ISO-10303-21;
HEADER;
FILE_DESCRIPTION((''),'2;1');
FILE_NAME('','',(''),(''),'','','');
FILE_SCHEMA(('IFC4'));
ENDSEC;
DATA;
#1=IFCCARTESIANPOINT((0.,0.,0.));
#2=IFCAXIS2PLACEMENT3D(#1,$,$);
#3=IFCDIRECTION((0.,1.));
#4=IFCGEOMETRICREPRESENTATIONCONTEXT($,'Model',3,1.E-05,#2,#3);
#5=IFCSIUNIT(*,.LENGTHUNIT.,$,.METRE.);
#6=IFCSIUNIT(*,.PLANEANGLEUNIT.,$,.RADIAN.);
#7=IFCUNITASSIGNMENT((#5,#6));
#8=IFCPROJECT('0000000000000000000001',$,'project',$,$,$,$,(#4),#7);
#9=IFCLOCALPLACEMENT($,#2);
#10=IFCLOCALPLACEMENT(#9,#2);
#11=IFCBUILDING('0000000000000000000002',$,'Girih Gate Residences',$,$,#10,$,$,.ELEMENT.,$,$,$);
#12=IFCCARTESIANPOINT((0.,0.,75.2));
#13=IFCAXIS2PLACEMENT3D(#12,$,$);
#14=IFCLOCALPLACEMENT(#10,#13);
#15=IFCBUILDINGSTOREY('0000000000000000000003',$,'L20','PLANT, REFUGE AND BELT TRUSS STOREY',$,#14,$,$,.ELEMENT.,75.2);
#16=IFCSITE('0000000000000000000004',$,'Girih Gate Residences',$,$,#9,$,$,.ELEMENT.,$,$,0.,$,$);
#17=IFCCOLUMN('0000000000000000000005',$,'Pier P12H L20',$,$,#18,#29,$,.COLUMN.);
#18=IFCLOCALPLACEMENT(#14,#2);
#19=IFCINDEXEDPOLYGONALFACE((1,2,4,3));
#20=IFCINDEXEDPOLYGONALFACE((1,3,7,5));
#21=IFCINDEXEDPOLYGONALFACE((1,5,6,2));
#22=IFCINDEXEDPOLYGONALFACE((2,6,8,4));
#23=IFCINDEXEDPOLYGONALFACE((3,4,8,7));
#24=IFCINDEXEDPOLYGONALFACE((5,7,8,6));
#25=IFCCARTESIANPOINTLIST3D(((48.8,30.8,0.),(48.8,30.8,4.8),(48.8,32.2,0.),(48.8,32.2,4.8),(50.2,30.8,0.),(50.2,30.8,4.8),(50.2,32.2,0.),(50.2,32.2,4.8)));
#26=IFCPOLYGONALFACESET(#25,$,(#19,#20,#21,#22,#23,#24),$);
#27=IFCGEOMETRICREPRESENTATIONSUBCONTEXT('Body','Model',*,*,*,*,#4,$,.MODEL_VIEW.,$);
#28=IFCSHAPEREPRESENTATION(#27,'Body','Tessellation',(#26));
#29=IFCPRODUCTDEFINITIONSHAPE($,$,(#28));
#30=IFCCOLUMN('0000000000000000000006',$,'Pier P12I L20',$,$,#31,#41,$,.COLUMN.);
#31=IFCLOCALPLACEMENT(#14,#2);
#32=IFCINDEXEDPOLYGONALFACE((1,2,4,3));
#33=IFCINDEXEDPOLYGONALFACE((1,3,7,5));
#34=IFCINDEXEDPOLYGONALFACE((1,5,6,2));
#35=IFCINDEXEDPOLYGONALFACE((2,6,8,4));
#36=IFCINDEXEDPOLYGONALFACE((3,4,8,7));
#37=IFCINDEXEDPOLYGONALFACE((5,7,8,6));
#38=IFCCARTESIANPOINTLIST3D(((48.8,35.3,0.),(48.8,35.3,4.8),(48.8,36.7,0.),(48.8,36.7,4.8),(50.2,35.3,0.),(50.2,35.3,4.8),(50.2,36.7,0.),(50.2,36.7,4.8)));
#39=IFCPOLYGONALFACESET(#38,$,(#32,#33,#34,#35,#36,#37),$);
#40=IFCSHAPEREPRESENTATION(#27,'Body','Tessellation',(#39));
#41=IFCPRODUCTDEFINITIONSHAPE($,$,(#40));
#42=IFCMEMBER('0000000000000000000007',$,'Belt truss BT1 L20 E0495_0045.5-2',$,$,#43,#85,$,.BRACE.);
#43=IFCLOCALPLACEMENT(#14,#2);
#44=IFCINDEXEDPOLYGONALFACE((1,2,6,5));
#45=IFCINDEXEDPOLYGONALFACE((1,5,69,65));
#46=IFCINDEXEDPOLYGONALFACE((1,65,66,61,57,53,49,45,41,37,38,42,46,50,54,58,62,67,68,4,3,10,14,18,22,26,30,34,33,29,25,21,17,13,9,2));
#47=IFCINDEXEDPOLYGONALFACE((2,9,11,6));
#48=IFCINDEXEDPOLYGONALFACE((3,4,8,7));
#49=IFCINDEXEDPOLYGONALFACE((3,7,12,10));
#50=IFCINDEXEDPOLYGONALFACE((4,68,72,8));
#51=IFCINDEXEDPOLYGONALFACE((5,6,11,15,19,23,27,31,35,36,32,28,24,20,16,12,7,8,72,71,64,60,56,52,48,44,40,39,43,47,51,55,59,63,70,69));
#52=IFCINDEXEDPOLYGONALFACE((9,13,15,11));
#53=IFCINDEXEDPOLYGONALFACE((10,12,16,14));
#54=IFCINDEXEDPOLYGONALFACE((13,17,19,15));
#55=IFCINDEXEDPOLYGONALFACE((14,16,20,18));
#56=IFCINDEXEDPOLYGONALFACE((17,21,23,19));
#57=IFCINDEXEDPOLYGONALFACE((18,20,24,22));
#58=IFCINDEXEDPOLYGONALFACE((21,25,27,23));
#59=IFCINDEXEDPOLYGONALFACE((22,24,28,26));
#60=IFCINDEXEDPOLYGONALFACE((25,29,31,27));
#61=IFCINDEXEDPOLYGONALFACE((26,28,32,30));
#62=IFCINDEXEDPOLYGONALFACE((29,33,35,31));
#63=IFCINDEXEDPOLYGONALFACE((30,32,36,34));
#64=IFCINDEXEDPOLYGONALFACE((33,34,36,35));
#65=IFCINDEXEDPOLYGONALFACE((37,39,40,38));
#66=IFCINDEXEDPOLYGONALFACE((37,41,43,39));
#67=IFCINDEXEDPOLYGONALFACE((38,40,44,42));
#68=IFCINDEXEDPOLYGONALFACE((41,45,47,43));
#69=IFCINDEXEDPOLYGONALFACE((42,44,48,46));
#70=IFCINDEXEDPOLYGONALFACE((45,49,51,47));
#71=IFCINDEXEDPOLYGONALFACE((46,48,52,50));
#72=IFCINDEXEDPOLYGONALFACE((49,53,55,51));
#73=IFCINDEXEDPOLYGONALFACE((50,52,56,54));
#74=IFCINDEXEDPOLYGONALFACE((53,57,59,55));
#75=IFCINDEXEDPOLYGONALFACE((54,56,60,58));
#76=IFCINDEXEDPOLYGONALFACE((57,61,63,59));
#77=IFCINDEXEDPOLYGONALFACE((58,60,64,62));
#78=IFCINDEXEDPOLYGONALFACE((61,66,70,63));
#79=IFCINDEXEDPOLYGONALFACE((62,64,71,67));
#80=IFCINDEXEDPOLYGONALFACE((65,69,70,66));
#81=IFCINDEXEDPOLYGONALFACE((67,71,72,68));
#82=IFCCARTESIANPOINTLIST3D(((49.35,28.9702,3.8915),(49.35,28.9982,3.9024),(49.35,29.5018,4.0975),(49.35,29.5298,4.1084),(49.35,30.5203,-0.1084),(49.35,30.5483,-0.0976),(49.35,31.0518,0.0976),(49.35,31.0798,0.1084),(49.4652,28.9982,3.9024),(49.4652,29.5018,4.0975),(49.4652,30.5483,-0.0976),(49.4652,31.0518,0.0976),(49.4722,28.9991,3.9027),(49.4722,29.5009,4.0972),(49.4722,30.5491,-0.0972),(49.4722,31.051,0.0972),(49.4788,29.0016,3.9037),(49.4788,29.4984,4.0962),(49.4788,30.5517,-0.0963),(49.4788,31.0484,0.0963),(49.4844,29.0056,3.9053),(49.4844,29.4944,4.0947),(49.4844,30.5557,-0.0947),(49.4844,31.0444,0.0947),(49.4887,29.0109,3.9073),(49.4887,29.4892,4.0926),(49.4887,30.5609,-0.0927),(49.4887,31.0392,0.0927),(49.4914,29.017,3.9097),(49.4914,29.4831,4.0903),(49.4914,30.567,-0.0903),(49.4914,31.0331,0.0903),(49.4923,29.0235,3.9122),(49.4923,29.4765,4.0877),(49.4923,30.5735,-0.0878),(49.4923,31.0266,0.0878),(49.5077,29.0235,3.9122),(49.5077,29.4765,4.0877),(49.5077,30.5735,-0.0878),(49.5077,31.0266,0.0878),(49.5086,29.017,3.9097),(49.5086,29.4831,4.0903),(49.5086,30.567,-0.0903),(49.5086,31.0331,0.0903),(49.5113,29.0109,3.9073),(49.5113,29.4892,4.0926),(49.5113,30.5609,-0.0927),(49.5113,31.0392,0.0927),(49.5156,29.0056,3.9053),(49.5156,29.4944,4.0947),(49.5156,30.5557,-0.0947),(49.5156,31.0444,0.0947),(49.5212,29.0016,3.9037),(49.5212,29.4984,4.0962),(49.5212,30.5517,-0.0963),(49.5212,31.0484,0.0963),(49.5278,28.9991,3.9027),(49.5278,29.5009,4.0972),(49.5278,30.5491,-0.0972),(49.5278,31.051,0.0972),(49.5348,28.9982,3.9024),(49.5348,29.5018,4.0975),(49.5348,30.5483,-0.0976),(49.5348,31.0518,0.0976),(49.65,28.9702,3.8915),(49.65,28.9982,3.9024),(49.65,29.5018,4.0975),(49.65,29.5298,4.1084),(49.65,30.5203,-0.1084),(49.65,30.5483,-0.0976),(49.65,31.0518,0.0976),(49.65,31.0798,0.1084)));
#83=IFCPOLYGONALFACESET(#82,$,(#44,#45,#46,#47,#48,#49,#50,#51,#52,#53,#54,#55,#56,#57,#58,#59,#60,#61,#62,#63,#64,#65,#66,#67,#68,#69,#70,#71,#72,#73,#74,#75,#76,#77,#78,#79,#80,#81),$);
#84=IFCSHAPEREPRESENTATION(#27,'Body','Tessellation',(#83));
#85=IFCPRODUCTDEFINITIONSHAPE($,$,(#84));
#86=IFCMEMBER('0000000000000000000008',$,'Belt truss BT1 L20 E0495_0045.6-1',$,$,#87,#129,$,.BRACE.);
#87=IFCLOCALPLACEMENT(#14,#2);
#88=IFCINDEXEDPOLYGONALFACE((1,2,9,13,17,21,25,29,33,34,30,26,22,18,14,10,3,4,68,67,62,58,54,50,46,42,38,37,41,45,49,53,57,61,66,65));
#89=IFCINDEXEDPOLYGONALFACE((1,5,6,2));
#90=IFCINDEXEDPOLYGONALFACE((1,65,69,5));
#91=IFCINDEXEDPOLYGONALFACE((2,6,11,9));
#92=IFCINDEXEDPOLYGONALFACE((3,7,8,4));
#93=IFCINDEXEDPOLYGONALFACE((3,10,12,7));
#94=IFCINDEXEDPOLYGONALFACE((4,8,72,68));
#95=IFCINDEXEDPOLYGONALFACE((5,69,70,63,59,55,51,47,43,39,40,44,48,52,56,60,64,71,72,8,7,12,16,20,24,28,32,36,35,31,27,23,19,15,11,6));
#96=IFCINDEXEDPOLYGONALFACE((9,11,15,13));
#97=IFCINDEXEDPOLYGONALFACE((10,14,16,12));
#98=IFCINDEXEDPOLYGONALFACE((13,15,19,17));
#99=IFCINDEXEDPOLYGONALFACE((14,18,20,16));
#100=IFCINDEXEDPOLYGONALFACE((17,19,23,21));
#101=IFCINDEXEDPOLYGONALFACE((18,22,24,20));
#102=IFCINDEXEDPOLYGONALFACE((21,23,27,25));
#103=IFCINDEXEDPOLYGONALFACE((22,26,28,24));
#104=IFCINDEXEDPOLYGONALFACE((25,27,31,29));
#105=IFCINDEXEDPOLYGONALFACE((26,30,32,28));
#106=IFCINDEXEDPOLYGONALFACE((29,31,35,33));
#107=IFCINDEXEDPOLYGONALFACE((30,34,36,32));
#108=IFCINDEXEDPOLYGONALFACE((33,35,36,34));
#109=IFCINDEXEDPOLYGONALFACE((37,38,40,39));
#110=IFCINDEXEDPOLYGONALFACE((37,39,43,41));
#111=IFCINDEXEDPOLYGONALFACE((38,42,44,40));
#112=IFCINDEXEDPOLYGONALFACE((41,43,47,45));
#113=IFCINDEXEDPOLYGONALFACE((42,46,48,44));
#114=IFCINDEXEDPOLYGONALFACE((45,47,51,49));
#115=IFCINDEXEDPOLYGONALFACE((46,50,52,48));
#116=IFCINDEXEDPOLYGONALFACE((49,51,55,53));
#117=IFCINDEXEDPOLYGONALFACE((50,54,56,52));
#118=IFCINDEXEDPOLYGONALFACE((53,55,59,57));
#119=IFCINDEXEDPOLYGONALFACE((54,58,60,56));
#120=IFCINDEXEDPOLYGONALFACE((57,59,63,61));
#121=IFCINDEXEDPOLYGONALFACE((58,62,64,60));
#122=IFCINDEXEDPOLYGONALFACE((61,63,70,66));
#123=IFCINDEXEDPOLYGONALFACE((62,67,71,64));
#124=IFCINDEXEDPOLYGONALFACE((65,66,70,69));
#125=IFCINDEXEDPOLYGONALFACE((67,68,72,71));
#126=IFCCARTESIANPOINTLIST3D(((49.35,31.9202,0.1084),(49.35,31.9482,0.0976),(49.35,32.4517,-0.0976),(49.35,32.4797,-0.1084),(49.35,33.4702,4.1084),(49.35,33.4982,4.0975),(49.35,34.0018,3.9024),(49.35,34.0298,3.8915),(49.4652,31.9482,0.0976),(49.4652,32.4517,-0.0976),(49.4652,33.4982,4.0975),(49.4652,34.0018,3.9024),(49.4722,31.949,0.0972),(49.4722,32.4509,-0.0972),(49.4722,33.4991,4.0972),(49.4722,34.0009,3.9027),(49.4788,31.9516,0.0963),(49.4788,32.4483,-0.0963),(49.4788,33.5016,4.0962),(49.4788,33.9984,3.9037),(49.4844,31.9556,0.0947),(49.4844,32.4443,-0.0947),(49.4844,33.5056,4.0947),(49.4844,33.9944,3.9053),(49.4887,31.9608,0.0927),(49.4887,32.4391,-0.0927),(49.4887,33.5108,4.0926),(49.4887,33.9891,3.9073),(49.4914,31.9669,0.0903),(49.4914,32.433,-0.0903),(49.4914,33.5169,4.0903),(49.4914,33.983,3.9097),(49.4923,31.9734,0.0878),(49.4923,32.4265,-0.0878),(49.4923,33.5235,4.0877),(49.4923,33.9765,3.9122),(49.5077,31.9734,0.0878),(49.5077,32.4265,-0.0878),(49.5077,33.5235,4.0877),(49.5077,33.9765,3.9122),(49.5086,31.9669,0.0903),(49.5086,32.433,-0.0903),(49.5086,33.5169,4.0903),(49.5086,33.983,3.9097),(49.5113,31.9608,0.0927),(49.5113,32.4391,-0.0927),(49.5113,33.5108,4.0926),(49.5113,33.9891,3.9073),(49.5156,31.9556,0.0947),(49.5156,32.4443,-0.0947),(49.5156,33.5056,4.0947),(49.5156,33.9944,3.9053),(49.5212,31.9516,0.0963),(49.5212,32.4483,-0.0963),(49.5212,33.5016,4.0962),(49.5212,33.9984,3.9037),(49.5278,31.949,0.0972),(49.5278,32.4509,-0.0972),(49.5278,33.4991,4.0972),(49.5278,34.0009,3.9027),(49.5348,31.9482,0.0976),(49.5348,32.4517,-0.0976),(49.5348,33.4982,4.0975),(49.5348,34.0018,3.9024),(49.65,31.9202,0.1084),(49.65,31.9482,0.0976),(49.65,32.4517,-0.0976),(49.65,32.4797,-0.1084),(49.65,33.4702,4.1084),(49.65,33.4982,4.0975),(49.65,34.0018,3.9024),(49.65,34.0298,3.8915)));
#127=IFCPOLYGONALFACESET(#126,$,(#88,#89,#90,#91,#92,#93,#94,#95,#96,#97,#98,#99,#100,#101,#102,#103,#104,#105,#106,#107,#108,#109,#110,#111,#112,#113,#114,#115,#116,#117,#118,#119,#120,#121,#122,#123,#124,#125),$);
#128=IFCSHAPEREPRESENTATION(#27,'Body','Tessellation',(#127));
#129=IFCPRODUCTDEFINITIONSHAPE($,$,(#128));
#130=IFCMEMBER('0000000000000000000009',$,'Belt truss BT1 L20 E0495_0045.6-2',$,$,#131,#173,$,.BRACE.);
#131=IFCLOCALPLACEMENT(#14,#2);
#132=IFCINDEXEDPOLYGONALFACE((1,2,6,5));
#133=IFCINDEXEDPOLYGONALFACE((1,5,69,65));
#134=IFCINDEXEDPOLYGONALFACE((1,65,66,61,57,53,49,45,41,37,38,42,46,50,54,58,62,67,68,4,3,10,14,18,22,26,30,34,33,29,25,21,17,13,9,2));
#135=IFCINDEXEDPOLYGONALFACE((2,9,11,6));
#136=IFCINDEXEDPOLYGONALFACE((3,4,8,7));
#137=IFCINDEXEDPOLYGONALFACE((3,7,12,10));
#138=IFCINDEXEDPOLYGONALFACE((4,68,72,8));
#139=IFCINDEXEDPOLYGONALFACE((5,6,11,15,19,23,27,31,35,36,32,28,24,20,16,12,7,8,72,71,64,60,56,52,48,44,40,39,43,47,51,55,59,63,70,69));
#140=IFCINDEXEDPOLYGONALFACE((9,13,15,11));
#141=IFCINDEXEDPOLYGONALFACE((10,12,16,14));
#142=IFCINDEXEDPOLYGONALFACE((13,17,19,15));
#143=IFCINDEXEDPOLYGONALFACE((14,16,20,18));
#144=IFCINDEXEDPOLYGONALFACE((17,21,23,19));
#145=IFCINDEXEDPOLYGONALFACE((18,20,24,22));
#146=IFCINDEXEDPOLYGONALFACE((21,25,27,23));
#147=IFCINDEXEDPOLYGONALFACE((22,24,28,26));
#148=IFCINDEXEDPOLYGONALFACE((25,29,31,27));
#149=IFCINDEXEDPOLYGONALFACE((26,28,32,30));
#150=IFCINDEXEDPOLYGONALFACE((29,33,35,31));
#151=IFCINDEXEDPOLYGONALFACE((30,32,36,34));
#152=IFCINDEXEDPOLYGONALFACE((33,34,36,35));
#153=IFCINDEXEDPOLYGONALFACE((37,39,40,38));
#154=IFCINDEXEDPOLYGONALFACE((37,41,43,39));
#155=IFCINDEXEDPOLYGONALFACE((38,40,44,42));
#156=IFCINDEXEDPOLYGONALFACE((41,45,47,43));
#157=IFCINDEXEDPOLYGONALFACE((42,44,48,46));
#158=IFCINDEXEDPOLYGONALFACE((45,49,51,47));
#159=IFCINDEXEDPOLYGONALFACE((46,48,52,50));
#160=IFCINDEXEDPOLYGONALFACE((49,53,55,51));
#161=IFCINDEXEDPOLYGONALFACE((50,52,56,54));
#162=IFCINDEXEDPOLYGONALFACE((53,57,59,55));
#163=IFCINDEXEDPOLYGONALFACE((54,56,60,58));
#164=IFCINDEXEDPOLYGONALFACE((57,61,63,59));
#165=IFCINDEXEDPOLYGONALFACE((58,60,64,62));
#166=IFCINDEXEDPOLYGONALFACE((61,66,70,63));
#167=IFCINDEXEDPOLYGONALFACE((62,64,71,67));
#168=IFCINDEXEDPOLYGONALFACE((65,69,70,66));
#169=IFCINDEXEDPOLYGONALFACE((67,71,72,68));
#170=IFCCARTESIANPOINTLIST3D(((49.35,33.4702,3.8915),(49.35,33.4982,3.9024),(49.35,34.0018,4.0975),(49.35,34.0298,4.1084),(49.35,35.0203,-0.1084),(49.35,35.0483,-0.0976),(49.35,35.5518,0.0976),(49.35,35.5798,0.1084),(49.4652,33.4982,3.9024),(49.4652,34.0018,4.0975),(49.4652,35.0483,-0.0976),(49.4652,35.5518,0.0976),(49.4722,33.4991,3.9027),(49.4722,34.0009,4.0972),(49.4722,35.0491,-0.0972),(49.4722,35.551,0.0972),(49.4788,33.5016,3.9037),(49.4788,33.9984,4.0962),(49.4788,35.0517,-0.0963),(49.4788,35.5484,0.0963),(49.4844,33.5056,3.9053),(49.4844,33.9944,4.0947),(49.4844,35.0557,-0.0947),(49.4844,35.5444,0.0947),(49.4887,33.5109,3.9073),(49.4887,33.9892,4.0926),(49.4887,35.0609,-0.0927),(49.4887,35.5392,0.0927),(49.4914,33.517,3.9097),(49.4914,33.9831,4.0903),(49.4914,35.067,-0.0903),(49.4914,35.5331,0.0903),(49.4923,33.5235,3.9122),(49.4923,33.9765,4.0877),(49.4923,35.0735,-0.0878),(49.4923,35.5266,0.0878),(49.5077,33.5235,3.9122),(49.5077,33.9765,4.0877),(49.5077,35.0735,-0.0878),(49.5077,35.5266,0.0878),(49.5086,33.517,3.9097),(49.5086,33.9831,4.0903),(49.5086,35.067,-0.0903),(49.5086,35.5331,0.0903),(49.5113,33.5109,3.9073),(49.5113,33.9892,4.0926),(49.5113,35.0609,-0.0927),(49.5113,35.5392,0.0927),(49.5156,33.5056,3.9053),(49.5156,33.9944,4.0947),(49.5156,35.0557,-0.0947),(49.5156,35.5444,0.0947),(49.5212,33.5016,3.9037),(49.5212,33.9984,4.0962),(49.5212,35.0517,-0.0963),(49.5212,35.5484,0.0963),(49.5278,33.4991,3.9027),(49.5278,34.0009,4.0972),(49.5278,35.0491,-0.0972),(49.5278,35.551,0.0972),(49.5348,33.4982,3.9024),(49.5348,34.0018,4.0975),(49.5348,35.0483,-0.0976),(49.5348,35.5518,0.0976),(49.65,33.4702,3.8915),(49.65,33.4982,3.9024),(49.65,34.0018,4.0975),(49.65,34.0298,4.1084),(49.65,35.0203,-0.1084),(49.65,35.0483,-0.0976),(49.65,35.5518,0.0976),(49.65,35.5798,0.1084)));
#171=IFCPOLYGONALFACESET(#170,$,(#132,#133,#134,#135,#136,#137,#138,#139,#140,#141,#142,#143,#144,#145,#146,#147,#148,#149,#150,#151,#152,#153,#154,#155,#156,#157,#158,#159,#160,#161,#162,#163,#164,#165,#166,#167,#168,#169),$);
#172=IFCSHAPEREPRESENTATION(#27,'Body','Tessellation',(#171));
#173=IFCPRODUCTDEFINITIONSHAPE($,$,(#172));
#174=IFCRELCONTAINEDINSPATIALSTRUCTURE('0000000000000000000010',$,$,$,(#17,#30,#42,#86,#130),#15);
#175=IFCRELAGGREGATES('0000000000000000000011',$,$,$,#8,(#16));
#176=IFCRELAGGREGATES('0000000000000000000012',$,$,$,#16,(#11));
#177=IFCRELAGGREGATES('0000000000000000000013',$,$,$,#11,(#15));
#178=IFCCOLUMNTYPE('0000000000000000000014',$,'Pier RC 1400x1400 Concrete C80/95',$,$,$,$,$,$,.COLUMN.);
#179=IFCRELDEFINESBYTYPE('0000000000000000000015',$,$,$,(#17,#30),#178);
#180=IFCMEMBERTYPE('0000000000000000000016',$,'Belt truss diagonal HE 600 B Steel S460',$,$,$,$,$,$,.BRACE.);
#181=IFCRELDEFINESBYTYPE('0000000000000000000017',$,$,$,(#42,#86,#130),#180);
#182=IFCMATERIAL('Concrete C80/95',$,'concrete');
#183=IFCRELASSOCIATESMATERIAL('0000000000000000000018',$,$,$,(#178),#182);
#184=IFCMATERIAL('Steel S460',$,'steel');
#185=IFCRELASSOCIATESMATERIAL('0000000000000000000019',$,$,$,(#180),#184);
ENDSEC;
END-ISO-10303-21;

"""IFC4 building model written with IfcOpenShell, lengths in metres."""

from ifc_helpers import new_model, si_unit, direction, frame, origin, origin_2d, place, context, subcontext, project, spatial, rectangle, i_section, extrude, material, material_profile, profile_set, type_object, element, save


model = new_model("IFC4")

# Units and contexts
model_context = context("Model", 3, precision=1e-05, world=origin(), true_north=direction((0.0, 1.0)))
body_context = subcontext(model_context, "Body", "Model", "MODEL_VIEW")
ifc_project = project(units=[si_unit("LENGTHUNIT", "METRE"), si_unit("PLANEANGLEUNIT", "RADIAN")], contexts=[model_context])

# Site, building, storey
site_placement = place(None, origin())
site = spatial("IfcSite", under=ifc_project, at=site_placement, Name="Girih Gate Residences", CompositionType="ELEMENT", RefElevation=0.0)
building_placement = place(site_placement, origin())
building = spatial("IfcBuilding", under=site, at=building_placement, Name="Girih Gate Residences", CompositionType="ELEMENT")
storey_placement = place(building_placement, frame((0.0, 0.0, 75.2)))
storey = spatial("IfcBuildingStorey", under=building, at=storey_placement, Name="L20", Description="PLANT, REFUGE AND BELT TRUSS STOREY", CompositionType="ELEMENT", Elevation=75.2)

# Columns
ifc_material_1 = material(Name="Concrete C80/95", Category="concrete")
ifc_material_profile_1 = material_profile(ifc_material_1, rectangle(XDim=1.3999, YDim=1.3999, at=origin_2d()))
ifc_profile_set_1 = profile_set([ifc_material_profile_1], Name="Concrete C80/95")
column_type = type_object("IfcColumnType", Name="Pier RC 1400x1400 Concrete C80/95", PredefinedType="COLUMN", material=ifc_profile_set_1)
for number, where, z_axis, x_axis, name in (
    (1, (49.5, 31.5, 0.0), (0.0, 0.0, 1.0), (1.0, 0.0, 0.0), "Pier P12H L20"),
    (2, (49.5, 36.0, 0.0), (0.0, 0.0, 1.0), (1.0, 0.0, 0.0), "Pier P12I L20"),
):
    element("IfcColumn", number, at=place(storey_placement, frame(where, z_axis=z_axis, x_axis=x_axis)), inside=storey, type_object=column_type, Name=name, PredefinedType="COLUMN", context=body_context, shape_type="SweptSolid", body=[
        extrude(rectangle(XDim=1.3999, YDim=1.3999, at=origin_2d()), origin(), (0.0, 0.0, 1.0), 4.8),
    ])

# Members
ifc_material_2 = material(Name="Steel S460", Category="steel")
ifc_material_profile_2 = material_profile(ifc_material_2, i_section(OverallWidth=0.3, OverallDepth=0.6001, WebThickness=0.0154, FlangeThickness=0.03, FilletRadius=0.0271, at=origin_2d()))
ifc_profile_set_2 = profile_set([ifc_material_profile_2], Name="Steel S460")
member_type = type_object("IfcMemberType", Name="Belt truss diagonal HE 600 B Steel S460", PredefinedType="BRACE", material=ifc_profile_set_2)
for number, where, z_axis, x_axis, name in (
    (3, (49.5, 30.8, 0.0), (0.0, -0.361331, 0.932438), (1.0, 0.0, 0.0), "Belt truss BT1 L20 E0495_0045.5-2"),
    (4, (49.5, 32.2, 0.0), (0.0, 0.361331, 0.932438), (-1.0, 0.0, 0.0), "Belt truss BT1 L20 E0495_0045.6-1"),
    (5, (49.5, 35.3, 0.0), (0.0, -0.361331, 0.932438), (1.0, 0.0, 0.0), "Belt truss BT1 L20 E0495_0045.6-2"),
):
    element("IfcMember", number, at=place(storey_placement, frame(where, z_axis=z_axis, x_axis=x_axis)), inside=storey, type_object=member_type, Name=name, PredefinedType="BRACE", context=body_context, shape_type="SweptSolid", body=[
        extrude(i_section(OverallWidth=0.3, OverallDepth=0.6001, WebThickness=0.0154, FlangeThickness=0.03, FilletRadius=0.0271, at=origin_2d()), origin(), (0.0, 0.0, 1.0), 4.2898),
    ])

save(model, "model.ifc")
